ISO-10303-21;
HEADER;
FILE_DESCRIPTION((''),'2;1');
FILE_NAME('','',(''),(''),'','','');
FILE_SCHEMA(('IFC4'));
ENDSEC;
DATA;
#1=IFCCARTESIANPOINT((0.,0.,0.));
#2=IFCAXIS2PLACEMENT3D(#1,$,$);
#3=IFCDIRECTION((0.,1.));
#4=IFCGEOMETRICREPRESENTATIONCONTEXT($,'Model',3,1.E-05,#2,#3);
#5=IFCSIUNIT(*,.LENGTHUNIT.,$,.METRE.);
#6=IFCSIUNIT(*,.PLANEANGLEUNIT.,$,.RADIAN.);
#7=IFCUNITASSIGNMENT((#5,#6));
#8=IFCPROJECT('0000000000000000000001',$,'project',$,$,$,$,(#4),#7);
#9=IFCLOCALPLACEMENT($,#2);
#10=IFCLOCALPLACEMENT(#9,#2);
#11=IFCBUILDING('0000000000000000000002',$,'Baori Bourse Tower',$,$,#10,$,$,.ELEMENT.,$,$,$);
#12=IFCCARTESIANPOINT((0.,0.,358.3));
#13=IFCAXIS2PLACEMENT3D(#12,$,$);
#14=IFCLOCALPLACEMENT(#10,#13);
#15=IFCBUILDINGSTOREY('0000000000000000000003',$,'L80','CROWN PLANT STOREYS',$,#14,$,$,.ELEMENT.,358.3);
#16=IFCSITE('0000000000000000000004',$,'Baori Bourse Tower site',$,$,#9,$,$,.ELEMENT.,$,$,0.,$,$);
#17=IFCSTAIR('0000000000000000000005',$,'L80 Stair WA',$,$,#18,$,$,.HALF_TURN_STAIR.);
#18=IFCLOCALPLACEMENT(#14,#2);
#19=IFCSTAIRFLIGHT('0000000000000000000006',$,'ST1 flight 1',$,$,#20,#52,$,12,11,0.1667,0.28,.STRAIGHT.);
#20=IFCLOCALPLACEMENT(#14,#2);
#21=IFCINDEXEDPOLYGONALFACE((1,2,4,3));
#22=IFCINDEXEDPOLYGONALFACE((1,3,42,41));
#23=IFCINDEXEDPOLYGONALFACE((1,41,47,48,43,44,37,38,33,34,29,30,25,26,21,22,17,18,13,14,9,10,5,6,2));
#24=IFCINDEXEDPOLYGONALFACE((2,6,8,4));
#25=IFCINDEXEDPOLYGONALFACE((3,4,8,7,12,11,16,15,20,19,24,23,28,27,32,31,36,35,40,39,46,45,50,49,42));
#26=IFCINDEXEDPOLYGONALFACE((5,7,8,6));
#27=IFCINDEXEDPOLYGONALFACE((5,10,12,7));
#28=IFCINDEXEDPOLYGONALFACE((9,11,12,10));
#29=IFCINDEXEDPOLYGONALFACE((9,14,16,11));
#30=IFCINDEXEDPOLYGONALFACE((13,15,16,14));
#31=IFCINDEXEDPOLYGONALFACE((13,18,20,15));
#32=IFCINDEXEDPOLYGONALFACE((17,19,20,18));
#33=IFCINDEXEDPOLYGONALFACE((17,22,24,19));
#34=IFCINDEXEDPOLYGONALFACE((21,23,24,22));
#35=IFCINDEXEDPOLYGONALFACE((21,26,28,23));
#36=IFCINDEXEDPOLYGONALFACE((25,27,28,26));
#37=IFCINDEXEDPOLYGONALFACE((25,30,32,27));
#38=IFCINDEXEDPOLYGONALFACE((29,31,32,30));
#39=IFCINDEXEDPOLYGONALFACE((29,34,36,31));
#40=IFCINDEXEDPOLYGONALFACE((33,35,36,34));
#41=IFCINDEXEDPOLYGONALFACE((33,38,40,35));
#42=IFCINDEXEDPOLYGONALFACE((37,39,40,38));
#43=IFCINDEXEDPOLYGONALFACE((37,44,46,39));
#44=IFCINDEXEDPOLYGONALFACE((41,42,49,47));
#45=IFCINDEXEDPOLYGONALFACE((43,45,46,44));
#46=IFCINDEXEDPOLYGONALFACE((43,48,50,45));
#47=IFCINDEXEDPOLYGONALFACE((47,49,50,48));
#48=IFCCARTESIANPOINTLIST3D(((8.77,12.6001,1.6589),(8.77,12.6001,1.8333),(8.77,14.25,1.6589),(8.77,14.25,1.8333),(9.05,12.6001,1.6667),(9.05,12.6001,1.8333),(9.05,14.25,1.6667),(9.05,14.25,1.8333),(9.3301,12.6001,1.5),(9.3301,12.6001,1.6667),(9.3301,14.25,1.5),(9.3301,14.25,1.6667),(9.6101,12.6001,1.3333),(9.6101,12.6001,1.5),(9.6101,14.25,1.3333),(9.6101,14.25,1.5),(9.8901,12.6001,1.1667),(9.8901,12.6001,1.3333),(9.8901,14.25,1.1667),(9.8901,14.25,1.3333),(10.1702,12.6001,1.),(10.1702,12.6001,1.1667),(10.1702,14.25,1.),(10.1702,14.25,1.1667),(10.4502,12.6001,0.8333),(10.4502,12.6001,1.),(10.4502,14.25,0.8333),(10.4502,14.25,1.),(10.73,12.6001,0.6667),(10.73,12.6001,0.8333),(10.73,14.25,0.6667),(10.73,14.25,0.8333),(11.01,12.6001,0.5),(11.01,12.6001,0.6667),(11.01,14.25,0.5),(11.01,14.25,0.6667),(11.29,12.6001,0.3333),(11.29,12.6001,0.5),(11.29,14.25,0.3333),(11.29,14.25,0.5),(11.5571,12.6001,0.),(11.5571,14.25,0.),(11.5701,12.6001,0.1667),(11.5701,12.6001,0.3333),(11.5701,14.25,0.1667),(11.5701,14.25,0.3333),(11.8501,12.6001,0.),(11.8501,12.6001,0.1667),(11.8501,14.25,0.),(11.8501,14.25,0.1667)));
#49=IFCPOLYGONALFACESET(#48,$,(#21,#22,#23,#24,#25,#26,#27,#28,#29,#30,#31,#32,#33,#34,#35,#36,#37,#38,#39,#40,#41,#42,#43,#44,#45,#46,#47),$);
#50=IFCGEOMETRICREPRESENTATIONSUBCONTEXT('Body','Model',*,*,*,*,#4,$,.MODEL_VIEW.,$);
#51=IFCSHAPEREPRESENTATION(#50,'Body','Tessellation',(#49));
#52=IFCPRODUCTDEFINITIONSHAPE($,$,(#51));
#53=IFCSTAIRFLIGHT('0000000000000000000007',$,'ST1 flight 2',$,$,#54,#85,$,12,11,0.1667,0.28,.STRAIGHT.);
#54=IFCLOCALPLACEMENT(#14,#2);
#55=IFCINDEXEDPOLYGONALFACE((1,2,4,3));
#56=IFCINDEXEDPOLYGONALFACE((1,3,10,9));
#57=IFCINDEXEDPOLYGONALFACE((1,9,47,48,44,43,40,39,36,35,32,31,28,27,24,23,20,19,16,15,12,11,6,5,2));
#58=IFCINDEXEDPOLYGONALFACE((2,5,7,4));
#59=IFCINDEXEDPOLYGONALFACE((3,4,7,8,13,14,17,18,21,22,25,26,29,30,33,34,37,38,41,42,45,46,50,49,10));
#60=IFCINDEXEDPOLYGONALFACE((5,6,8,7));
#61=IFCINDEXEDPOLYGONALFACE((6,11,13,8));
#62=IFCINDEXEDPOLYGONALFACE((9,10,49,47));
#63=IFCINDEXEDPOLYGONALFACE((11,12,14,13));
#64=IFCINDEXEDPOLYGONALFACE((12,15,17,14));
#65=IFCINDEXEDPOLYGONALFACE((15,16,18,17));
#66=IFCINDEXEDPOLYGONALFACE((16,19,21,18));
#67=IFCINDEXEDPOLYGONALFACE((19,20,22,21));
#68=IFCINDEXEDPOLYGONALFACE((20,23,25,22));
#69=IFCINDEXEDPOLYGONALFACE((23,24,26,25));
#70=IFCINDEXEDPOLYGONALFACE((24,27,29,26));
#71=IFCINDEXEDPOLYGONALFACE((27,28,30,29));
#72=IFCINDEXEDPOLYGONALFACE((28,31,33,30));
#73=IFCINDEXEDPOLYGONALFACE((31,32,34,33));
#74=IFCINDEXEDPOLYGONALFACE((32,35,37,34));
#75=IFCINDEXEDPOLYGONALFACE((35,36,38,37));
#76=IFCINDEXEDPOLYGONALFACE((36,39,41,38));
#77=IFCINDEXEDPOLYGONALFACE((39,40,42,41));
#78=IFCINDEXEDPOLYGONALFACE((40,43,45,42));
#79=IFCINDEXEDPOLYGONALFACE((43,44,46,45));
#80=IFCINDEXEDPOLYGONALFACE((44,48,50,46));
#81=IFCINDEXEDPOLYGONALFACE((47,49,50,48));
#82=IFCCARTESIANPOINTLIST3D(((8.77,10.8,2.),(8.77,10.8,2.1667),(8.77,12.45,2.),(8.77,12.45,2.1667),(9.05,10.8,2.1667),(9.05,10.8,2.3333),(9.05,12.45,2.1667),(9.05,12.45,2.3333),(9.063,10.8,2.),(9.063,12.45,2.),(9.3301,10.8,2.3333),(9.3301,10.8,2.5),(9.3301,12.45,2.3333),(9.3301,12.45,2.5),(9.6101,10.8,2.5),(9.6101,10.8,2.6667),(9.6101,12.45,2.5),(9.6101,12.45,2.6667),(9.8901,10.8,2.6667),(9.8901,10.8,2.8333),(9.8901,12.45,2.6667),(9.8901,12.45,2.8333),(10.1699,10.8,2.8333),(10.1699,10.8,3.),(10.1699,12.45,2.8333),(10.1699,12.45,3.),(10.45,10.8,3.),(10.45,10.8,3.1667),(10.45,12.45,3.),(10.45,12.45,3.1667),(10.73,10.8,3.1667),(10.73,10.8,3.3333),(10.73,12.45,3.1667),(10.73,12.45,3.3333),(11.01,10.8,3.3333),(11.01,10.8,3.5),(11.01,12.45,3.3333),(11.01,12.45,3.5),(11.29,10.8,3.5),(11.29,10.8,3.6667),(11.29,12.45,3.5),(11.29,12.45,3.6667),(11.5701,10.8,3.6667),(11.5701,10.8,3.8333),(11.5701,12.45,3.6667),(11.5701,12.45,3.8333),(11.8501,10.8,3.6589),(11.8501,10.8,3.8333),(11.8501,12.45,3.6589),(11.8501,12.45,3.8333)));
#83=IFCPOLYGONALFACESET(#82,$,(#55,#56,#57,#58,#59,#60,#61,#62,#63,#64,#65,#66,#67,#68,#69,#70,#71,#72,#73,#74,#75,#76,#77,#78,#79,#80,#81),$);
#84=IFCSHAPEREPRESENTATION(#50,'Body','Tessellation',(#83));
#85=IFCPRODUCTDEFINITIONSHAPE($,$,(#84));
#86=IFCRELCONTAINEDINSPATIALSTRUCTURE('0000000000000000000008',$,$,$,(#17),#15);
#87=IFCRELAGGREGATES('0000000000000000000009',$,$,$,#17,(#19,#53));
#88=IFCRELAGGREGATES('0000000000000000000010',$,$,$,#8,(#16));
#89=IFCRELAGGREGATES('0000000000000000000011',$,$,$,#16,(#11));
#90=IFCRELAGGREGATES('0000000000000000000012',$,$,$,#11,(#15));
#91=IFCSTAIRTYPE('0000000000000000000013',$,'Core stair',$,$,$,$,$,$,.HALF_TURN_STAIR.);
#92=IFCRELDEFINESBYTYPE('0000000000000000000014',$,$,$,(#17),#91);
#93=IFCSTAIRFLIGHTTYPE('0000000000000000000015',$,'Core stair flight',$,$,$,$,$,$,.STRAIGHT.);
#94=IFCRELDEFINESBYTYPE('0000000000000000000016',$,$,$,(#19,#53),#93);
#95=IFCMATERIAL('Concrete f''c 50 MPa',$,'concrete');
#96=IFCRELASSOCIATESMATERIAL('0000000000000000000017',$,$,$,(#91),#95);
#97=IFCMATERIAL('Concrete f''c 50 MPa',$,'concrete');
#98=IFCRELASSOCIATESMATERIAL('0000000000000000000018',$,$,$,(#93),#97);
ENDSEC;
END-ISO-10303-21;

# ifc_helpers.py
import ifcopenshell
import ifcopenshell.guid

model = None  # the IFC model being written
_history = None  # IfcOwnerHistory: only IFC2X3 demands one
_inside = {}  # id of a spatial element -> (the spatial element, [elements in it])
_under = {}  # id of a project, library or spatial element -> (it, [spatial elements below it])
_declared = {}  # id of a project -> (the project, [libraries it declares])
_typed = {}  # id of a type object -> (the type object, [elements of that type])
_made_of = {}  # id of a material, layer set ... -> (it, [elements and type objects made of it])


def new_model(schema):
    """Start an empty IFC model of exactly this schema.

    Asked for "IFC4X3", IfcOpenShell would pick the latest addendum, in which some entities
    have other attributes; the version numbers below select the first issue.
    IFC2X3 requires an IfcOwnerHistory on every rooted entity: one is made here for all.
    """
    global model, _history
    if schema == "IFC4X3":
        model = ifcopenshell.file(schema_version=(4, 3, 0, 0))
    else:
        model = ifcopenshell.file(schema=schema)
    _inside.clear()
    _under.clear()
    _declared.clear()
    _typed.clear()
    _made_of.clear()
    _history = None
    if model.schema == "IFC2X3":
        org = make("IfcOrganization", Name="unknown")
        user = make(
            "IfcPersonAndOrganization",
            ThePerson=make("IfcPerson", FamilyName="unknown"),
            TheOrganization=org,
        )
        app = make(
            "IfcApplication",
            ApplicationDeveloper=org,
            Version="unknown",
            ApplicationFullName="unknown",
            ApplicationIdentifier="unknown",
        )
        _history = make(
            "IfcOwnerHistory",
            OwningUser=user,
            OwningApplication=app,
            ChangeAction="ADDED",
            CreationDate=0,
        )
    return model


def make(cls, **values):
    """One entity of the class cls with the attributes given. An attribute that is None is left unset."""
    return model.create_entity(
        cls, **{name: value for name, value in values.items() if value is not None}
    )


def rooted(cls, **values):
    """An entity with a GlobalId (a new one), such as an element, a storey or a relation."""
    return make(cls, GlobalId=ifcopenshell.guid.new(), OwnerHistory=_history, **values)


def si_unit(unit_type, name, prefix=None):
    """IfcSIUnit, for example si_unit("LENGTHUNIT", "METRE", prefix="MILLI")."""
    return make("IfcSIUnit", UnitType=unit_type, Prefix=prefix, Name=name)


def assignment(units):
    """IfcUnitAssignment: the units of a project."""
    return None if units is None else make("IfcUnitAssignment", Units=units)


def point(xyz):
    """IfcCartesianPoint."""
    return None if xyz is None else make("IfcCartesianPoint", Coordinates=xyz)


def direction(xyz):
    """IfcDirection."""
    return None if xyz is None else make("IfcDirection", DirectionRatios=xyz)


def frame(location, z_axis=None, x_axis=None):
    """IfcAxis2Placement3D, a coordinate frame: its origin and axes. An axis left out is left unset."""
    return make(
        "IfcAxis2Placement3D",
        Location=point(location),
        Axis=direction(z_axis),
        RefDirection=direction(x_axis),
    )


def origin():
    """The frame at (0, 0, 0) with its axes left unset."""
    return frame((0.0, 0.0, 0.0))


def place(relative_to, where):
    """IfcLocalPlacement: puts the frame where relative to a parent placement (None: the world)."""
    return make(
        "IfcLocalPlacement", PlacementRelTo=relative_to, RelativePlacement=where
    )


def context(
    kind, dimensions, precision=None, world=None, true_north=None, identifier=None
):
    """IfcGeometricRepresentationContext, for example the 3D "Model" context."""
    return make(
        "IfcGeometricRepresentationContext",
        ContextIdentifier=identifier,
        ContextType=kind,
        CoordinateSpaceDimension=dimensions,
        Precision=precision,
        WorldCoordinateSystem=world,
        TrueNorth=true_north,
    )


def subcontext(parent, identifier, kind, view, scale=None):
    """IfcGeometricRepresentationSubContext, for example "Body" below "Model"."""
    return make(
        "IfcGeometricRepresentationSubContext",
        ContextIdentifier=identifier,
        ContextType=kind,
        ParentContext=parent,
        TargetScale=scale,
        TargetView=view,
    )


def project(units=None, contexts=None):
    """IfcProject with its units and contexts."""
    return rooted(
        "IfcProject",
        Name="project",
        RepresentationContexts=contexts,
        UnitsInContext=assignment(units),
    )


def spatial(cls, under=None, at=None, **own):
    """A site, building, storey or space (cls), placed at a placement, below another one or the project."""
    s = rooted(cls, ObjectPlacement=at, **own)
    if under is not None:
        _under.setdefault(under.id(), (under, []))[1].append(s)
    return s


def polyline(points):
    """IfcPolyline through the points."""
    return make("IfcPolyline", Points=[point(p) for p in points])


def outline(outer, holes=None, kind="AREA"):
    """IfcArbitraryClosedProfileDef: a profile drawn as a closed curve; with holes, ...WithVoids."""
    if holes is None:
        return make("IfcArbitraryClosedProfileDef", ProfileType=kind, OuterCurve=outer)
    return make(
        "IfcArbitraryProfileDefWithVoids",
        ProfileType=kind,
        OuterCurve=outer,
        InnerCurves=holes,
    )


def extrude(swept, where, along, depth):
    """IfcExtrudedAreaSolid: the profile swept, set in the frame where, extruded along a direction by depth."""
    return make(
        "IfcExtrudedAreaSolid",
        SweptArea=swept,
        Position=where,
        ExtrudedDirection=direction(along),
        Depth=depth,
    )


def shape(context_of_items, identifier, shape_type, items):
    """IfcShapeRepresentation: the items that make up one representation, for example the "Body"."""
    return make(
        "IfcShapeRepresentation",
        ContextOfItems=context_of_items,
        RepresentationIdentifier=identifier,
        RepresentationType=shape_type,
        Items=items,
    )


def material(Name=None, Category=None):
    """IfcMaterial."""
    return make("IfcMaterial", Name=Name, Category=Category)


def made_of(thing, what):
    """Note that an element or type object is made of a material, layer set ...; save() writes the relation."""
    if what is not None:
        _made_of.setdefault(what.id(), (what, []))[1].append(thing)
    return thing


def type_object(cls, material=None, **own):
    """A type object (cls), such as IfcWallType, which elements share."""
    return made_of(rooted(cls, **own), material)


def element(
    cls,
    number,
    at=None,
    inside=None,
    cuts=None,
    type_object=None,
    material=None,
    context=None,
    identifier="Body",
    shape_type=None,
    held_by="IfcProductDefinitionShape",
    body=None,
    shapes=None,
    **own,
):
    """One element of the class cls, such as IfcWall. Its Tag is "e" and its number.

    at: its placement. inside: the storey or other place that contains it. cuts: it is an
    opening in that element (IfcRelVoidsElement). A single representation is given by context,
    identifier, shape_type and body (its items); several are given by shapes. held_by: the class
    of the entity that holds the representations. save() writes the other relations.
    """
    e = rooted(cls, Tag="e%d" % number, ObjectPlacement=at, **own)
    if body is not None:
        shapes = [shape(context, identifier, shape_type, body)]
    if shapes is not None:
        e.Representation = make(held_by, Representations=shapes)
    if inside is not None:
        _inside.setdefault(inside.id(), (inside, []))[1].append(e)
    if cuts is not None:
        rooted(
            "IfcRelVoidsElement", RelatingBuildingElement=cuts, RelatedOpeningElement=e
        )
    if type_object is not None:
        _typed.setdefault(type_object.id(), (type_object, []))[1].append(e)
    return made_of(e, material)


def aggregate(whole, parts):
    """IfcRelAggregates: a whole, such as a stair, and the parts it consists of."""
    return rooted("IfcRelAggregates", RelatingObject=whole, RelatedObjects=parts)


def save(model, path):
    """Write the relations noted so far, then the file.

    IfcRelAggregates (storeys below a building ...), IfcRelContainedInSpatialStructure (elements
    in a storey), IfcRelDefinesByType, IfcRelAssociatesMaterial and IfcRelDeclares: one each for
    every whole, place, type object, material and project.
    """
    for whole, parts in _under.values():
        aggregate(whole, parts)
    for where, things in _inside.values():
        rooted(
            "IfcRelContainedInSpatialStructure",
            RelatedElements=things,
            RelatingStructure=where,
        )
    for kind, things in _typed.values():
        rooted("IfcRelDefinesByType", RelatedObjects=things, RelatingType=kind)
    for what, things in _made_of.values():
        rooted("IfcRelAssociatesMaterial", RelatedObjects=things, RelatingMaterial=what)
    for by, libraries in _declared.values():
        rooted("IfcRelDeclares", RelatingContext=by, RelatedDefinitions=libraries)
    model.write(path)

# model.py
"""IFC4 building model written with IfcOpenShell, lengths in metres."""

from ifc_helpers import new_model, si_unit, direction, frame, origin, place, context, subcontext, project, spatial, polyline, outline, extrude, material, type_object, element, aggregate, save


model = new_model("IFC4")

# Units and contexts
model_context = context("Model", 3, precision=1e-05, world=origin(), true_north=direction((0.0, 1.0)))
body_context = subcontext(model_context, "Body", "Model", "MODEL_VIEW")
ifc_project = project(units=[si_unit("LENGTHUNIT", "METRE"), si_unit("PLANEANGLEUNIT", "RADIAN")], contexts=[model_context])

# Site, building, storey
site_placement = place(None, origin())
site = spatial("IfcSite", under=ifc_project, at=site_placement, Name="Baori Bourse Tower site", CompositionType="ELEMENT", RefElevation=0.0)
building_placement = place(site_placement, origin())
building = spatial("IfcBuilding", under=site, at=building_placement, Name="Baori Bourse Tower", CompositionType="ELEMENT")
storey_placement = place(building_placement, frame((0.0, 0.0, 358.3)))
storey = spatial("IfcBuildingStorey", under=building, at=storey_placement, Name="L80", Description="CROWN PLANT STOREYS", CompositionType="ELEMENT", Elevation=358.3)

# Stair
ifc_material_1 = material(Name="Concrete f'c 50 MPa", Category="concrete")
stair_type = type_object("IfcStairType", Name="Core stair", PredefinedType="HALF_TURN_STAIR", material=ifc_material_1)
stair_1_placement = place(storey_placement, origin())
stair_1 = element("IfcStair", 1, at=stair_1_placement, inside=storey, type_object=stair_type, Name="L80 Stair WA", PredefinedType="HALF_TURN_STAIR")

# Stair flights
ifc_material_2 = material(Name="Concrete f'c 50 MPa", Category="concrete")
stair_flight_type = type_object("IfcStairFlightType", Name="Core stair flight", PredefinedType="STRAIGHT", material=ifc_material_2)
stair_flight_1_placement = place(storey_placement, frame((11.8501, 13.425, 0.0), z_axis=(0.0, 0.0, 1.0), x_axis=(-1.0, 0.0, 0.0)))
stair_flight_1 = element("IfcStairFlight", 2, at=stair_flight_1_placement, type_object=stair_flight_type, Name="ST1 flight 1", NumberOfRisers=12, NumberOfTreads=11, PredefinedType="STRAIGHT", RiserHeight=0.1667, TreadLength=0.28, context=body_context, shape_type="SweptSolid", body=[
    extrude(outline(polyline([(0.0, 0.0), (0.0, 0.1667), (0.28, 0.1667), (0.28, 0.3333), (0.5601, 0.3333), (0.5601, 0.5), (0.8401, 0.5), (0.8401, 0.6667), (1.1201, 0.6667), (1.1201, 0.8333), (1.3999, 0.8333), (1.3999, 1.0), (1.6799, 1.0), (1.6799, 1.1667), (1.96, 1.1667), (1.96, 1.3333), (2.24, 1.3333), (2.24, 1.5), (2.52, 1.5), (2.52, 1.6667), (2.8, 1.6667), (2.8, 1.8333), (3.0801, 1.8333), (3.0801, 2.0), (3.0801, 1.6589), (0.293, 0.0), (0.0, 0.0)])), frame((0.0, 0.825, 0.0), z_axis=(0.0, -1.0, 0.0), x_axis=(1.0, 0.0, 0.0)), (0.0, 0.0, 1.0), 1.6499),
])
stair_flight_2_placement = place(storey_placement, frame((8.77, 11.625, 2.0), z_axis=(0.0, 0.0, 1.0), x_axis=(1.0, 0.0, 0.0)))
stair_flight_2 = element("IfcStairFlight", 3, at=stair_flight_2_placement, type_object=stair_flight_type, Name="ST1 flight 2", NumberOfRisers=12, NumberOfTreads=11, PredefinedType="STRAIGHT", RiserHeight=0.1667, TreadLength=0.28, context=body_context, shape_type="SweptSolid", body=[
    extrude(outline(polyline([(0.0, 0.0), (0.0, 0.1667), (0.28, 0.1667), (0.28, 0.3333), (0.5601, 0.3333), (0.5601, 0.5), (0.8401, 0.5), (0.8401, 0.6667), (1.1201, 0.6667), (1.1201, 0.8333), (1.3999, 0.8333), (1.3999, 1.0), (1.6799, 1.0), (1.6799, 1.1667), (1.96, 1.1667), (1.96, 1.3333), (2.24, 1.3333), (2.24, 1.5), (2.52, 1.5), (2.52, 1.6667), (2.8, 1.6667), (2.8, 1.8333), (3.0801, 1.8333), (3.0801, 2.0), (3.0801, 1.6589), (0.293, 0.0), (0.0, 0.0)])), frame((0.0, 0.825, 0.0), z_axis=(0.0, -1.0, 0.0), x_axis=(1.0, 0.0, 0.0)), (0.0, 0.0, 1.0), 1.6499),
])
aggregate(stair_1, [stair_flight_1, stair_flight_2])

save(model, "model.ifc")
